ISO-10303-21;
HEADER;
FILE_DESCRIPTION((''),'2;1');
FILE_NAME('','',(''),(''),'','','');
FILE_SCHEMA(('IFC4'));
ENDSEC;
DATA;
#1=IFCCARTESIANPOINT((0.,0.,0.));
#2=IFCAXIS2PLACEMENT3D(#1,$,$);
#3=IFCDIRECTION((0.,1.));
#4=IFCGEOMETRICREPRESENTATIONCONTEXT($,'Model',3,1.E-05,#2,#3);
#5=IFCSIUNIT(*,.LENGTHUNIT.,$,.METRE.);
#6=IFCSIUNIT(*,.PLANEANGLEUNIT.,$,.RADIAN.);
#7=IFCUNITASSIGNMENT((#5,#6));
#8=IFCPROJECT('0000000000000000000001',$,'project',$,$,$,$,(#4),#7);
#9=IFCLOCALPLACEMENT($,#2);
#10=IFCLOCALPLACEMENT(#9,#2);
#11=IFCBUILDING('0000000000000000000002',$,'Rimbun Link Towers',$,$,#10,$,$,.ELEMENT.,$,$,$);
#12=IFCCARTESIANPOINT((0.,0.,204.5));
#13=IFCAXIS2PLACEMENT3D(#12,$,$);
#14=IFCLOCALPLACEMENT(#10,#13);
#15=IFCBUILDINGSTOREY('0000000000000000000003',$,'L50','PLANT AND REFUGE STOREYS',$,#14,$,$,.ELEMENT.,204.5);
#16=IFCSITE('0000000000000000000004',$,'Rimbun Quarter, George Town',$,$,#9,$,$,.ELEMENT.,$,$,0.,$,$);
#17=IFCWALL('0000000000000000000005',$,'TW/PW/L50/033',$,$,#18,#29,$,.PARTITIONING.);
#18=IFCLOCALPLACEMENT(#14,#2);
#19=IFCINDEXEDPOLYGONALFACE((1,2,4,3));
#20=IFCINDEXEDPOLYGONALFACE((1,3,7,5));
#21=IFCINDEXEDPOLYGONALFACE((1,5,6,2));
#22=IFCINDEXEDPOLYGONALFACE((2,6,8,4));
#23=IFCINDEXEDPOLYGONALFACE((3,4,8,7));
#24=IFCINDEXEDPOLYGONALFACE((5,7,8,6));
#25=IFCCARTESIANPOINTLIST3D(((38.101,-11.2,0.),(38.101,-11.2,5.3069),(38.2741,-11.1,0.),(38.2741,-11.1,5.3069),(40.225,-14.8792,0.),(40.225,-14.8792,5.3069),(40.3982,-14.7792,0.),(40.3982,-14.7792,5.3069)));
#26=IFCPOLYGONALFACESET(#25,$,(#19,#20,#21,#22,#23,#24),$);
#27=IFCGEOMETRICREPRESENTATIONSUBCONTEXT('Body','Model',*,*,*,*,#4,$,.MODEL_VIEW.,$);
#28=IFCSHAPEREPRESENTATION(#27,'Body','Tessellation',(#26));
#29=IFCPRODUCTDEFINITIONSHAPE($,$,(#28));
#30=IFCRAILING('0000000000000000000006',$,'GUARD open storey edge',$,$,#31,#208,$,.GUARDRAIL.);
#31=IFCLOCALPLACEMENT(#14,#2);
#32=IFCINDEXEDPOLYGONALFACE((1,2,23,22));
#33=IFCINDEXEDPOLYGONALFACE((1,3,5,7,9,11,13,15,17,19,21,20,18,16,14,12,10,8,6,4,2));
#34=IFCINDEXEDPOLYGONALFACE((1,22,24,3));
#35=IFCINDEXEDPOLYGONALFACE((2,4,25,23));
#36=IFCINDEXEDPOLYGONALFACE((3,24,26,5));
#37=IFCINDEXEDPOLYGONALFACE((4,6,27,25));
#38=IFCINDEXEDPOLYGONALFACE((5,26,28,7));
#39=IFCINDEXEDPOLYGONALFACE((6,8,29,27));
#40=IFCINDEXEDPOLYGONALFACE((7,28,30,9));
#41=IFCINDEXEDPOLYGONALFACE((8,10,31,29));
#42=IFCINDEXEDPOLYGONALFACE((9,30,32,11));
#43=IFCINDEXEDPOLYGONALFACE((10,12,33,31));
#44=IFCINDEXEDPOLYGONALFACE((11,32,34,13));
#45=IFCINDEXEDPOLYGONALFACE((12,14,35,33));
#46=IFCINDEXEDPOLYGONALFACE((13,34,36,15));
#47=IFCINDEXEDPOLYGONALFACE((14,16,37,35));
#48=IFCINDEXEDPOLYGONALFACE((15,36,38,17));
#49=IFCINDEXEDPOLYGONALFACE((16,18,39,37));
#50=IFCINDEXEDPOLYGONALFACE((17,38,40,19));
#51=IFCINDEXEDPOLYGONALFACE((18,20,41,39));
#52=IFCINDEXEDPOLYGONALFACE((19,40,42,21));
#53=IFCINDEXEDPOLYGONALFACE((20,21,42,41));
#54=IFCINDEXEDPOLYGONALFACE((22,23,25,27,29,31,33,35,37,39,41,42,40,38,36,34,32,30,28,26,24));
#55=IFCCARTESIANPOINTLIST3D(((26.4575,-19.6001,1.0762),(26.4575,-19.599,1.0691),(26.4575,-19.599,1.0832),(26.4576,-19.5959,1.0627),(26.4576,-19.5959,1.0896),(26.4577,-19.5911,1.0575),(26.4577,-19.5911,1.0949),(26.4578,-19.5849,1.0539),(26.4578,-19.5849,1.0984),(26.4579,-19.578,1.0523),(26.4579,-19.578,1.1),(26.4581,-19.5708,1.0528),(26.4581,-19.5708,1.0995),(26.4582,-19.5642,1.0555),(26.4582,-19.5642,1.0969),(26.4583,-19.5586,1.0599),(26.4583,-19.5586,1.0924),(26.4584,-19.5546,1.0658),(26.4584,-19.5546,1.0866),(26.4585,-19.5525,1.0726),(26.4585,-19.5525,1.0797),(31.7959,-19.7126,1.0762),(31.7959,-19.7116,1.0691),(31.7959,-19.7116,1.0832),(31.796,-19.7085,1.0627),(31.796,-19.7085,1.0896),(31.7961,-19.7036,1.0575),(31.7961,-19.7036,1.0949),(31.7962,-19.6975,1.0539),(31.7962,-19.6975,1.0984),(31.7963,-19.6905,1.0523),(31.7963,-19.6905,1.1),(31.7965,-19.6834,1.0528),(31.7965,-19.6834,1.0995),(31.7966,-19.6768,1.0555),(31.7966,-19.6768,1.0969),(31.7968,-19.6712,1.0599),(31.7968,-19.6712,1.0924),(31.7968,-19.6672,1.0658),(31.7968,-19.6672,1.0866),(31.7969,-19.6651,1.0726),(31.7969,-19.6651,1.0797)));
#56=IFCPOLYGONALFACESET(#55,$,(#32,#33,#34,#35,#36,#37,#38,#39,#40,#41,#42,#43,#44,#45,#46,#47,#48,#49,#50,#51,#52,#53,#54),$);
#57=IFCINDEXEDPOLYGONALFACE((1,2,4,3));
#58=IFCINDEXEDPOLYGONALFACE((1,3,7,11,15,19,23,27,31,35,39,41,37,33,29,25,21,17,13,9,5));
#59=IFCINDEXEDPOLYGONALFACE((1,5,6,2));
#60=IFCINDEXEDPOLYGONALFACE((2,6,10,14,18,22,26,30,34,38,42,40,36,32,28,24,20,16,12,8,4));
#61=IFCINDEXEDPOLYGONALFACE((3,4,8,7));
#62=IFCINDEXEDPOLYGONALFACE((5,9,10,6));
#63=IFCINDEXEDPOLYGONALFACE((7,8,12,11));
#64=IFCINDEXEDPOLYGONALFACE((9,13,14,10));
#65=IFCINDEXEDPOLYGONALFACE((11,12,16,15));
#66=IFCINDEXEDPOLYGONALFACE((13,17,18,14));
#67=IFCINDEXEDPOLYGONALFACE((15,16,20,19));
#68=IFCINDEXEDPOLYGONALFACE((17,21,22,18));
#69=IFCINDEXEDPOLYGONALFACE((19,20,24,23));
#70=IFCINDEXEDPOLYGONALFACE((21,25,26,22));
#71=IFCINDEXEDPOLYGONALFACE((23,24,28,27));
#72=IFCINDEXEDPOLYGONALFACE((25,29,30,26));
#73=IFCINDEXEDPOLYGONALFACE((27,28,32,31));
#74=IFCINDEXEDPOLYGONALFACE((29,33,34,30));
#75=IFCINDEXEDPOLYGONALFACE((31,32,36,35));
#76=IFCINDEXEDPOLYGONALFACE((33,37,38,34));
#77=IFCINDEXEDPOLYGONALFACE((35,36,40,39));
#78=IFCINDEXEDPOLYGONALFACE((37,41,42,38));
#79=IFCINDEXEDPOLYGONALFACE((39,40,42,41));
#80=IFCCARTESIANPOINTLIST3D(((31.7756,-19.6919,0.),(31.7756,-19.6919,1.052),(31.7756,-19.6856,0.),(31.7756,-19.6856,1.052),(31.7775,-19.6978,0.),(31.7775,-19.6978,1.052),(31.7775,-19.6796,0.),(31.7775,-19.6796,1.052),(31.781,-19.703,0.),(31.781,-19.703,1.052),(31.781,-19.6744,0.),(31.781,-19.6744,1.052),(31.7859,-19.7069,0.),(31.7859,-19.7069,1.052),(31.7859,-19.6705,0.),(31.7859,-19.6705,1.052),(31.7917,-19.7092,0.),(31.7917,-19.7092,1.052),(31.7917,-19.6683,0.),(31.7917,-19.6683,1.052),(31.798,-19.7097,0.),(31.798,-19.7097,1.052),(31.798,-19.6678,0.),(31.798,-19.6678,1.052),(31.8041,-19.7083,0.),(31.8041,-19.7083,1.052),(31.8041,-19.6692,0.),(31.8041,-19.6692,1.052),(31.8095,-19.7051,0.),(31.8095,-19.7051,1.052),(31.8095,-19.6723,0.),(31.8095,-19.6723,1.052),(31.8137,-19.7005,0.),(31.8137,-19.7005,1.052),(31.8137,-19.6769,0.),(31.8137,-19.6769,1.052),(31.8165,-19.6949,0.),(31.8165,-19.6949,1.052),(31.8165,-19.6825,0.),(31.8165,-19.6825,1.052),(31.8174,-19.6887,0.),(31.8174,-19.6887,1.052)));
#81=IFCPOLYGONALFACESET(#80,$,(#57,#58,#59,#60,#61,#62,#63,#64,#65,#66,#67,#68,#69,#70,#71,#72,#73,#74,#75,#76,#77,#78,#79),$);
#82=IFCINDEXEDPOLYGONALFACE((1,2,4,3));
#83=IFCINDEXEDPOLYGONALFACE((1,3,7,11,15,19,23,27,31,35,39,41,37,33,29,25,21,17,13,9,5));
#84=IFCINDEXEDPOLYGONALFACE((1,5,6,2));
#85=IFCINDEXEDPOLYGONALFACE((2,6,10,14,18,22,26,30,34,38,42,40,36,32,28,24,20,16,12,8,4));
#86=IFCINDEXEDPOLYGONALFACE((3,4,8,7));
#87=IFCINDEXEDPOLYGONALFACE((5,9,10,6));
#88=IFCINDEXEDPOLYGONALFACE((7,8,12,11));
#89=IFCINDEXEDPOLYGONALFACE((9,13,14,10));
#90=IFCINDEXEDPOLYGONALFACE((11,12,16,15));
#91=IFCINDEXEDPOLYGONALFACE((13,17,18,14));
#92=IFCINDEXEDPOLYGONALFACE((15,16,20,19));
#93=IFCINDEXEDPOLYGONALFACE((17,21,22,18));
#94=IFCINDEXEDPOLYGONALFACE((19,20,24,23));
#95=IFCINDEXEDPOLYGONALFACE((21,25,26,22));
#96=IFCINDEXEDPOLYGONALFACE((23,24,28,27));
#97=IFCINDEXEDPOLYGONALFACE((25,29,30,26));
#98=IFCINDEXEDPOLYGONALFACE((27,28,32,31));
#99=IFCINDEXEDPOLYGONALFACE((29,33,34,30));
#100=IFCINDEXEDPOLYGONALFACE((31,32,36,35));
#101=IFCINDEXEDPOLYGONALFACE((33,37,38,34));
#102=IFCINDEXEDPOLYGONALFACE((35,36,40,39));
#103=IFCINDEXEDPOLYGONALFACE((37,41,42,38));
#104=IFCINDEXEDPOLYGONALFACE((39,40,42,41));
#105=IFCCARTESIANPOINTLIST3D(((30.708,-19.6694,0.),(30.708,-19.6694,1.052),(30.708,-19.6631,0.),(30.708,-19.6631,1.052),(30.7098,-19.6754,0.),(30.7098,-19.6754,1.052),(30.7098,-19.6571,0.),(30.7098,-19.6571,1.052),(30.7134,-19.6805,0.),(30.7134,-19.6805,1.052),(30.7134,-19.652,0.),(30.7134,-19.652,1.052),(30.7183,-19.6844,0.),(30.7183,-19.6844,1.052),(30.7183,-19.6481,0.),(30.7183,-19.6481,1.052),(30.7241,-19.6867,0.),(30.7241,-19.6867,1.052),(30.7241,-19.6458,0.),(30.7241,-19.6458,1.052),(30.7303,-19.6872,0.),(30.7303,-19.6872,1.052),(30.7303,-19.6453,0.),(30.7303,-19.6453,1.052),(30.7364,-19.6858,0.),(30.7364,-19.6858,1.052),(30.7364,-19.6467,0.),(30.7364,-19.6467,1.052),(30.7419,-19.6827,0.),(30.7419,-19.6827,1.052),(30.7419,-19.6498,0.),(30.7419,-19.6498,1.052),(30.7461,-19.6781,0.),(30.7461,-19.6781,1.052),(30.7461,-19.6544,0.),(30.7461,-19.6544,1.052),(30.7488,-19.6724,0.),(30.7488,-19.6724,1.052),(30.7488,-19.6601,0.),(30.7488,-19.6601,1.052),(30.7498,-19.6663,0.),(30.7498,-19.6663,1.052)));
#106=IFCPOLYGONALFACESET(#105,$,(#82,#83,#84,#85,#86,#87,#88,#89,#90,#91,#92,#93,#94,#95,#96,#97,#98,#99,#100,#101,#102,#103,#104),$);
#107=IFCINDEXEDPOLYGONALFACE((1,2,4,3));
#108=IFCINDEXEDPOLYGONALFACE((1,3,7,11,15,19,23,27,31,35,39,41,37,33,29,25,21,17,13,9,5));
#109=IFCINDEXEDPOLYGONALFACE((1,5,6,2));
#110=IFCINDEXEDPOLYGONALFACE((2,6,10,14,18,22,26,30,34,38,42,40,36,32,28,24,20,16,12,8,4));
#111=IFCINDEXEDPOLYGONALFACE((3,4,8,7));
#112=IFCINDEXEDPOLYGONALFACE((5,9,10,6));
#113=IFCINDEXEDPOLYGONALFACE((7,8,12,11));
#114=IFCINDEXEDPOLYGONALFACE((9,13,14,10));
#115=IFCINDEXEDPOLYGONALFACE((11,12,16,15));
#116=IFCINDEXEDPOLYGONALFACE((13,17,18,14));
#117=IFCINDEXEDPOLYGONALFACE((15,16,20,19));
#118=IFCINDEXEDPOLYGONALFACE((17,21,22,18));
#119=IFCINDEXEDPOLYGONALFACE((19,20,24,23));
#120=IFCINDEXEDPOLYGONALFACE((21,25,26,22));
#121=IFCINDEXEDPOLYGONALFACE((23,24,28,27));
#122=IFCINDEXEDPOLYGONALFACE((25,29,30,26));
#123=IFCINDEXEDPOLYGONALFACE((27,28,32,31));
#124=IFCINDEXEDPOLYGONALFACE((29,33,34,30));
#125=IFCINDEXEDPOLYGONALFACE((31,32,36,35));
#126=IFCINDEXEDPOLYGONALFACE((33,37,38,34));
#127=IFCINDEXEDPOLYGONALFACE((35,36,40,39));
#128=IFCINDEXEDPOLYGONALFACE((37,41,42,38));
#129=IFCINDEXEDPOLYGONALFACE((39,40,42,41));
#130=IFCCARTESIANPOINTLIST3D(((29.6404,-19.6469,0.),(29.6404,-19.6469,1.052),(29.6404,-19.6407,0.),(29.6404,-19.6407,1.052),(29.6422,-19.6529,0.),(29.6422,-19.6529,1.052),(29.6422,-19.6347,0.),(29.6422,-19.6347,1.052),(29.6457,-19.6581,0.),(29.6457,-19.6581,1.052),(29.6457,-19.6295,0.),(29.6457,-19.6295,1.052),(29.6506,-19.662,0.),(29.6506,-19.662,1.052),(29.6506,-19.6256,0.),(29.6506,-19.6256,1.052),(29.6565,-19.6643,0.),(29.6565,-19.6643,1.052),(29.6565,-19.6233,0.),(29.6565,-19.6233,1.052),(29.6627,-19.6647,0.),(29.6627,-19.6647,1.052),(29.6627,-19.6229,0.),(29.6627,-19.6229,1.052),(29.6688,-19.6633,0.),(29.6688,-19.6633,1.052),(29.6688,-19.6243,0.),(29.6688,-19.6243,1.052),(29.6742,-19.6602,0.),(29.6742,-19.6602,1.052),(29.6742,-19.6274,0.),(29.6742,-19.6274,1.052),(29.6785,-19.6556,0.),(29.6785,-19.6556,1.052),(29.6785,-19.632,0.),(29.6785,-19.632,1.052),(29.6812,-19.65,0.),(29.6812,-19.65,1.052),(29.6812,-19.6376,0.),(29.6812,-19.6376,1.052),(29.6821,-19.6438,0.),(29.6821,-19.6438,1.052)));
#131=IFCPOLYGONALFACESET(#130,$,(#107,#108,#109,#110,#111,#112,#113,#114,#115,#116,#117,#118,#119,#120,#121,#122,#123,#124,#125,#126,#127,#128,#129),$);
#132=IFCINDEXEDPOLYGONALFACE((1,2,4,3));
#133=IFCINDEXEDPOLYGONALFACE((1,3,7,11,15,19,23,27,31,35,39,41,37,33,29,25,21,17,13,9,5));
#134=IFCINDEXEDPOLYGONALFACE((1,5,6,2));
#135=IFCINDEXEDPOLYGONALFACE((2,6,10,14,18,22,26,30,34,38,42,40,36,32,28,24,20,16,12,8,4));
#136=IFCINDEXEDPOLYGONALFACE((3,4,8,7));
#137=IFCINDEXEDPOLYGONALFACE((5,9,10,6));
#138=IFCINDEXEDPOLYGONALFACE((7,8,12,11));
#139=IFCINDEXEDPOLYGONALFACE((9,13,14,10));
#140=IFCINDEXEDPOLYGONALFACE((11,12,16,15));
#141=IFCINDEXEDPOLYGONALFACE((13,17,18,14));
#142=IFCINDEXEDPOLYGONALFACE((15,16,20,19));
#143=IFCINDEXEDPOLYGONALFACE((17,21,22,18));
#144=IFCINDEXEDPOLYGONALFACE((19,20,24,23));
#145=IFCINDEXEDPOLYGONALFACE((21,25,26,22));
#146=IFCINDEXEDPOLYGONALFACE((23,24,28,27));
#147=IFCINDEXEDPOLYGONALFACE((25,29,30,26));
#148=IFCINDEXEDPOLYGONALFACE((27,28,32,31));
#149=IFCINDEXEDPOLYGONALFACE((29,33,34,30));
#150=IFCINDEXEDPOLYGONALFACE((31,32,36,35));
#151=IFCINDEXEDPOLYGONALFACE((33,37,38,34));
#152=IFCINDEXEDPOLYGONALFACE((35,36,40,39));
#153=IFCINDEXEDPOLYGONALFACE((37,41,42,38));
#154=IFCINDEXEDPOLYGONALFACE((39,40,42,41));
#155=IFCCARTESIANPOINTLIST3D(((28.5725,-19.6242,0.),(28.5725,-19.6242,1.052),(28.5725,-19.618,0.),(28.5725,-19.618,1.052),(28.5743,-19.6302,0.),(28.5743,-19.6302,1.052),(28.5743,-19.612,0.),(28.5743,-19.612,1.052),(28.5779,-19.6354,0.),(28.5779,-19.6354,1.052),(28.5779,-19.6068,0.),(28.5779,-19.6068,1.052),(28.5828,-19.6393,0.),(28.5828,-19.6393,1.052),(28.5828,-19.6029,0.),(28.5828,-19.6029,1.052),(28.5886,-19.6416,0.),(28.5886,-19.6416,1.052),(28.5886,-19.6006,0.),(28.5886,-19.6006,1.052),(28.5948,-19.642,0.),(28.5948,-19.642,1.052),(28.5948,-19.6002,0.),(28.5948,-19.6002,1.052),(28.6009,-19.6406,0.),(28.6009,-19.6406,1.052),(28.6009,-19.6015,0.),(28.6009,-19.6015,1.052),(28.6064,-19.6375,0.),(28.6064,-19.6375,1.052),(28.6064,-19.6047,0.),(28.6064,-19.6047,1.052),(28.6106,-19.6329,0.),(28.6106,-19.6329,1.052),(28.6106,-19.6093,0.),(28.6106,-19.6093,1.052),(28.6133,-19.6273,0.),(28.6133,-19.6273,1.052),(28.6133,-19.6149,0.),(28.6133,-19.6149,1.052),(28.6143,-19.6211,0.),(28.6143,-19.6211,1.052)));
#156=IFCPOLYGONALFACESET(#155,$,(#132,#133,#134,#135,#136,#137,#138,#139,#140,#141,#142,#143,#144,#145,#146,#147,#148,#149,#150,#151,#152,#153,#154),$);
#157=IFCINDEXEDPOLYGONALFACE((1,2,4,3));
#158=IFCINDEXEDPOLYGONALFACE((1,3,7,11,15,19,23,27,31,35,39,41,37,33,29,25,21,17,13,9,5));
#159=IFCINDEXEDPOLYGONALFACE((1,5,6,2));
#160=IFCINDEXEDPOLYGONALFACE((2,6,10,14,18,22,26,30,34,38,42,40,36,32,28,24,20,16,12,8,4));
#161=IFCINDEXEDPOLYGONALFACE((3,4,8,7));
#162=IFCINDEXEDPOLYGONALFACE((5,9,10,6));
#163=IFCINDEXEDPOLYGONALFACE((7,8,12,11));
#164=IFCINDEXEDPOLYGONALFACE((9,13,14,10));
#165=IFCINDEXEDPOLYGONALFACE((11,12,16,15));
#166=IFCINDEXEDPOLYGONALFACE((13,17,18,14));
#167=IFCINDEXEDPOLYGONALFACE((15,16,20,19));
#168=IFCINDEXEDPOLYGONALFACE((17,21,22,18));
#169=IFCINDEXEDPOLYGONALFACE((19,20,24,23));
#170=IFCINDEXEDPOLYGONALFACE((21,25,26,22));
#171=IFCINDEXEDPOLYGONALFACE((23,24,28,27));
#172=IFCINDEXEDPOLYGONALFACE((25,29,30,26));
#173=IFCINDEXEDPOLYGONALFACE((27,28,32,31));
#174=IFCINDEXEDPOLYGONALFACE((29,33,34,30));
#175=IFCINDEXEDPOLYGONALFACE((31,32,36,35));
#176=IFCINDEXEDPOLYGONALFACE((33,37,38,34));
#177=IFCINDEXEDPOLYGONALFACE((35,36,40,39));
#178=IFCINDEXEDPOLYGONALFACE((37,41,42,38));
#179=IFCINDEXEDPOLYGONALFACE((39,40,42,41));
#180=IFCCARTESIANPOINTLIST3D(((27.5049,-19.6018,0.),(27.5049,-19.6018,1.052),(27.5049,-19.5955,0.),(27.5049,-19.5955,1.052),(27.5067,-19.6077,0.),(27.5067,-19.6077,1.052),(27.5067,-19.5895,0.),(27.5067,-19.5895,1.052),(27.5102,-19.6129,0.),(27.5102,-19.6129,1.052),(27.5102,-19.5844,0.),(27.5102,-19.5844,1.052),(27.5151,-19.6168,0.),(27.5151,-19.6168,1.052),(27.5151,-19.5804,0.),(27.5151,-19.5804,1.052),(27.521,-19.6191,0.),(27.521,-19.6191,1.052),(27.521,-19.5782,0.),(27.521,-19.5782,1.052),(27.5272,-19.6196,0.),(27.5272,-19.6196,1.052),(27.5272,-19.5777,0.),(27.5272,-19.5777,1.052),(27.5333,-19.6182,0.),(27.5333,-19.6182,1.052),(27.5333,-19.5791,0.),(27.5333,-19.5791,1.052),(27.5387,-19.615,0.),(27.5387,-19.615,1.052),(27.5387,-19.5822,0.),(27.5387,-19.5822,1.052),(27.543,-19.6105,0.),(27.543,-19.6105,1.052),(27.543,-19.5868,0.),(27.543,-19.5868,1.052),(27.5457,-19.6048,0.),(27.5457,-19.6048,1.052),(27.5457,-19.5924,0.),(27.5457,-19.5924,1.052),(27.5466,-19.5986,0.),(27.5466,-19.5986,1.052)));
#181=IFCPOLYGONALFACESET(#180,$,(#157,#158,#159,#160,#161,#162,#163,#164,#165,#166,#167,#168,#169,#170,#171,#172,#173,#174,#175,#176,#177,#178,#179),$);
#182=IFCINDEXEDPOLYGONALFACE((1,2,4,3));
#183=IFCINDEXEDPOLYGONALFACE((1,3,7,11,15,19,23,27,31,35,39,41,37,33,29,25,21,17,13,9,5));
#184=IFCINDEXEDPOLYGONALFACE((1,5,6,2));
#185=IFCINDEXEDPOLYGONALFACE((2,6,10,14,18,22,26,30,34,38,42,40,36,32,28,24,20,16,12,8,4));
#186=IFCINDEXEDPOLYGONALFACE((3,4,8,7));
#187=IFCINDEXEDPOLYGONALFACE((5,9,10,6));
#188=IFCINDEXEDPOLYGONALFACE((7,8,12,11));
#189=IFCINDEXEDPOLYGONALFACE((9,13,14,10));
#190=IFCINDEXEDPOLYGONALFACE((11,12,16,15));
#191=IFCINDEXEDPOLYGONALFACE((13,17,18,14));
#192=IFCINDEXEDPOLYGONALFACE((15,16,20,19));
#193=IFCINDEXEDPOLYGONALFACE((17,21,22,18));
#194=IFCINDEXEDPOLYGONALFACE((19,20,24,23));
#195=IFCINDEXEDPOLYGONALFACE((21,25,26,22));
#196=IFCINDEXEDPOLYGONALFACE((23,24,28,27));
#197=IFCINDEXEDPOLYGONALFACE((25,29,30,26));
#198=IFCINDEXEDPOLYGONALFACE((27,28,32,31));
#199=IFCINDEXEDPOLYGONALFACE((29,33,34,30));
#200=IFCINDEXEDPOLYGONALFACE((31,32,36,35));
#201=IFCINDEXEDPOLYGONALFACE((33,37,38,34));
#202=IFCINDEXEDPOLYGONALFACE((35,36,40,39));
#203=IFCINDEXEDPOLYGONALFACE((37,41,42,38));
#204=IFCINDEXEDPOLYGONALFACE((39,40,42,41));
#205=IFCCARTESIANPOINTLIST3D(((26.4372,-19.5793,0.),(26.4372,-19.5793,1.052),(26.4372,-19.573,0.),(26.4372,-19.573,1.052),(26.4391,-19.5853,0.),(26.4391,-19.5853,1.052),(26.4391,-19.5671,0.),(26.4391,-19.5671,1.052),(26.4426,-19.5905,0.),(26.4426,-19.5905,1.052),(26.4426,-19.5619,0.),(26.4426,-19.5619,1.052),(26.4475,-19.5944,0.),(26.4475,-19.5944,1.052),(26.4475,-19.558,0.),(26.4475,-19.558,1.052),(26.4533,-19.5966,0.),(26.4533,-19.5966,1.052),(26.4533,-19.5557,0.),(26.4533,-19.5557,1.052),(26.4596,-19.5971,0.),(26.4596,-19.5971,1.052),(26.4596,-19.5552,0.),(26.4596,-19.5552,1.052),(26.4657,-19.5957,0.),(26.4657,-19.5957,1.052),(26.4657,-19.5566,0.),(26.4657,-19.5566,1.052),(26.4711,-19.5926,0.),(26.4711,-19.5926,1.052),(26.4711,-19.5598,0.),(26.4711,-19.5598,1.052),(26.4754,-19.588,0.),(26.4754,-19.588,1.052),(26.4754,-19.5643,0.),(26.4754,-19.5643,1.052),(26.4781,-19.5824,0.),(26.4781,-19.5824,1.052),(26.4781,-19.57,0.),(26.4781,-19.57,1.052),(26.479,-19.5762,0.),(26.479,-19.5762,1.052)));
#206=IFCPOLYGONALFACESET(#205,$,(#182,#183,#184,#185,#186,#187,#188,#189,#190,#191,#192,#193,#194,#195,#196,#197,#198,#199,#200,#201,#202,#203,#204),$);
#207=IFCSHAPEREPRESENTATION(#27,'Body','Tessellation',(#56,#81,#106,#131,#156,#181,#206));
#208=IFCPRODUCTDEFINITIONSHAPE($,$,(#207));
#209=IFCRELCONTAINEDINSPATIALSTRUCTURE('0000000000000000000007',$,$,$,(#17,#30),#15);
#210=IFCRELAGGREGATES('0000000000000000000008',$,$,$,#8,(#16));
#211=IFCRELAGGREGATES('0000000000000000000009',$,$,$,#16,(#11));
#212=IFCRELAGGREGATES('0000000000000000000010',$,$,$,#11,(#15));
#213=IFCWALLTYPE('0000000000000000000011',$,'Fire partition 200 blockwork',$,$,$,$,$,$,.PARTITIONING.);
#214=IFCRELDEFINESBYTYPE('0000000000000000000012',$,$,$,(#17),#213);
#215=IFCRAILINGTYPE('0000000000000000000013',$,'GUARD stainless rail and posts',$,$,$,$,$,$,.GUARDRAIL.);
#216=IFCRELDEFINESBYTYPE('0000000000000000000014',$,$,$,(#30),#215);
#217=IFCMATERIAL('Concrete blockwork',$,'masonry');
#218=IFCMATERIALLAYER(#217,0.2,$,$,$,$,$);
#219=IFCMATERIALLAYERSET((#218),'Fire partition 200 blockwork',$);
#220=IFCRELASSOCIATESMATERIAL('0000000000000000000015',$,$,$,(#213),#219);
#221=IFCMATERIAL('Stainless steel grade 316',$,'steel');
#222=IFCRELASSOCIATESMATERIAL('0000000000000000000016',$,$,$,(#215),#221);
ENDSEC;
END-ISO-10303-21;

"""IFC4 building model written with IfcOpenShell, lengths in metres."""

from ifc_helpers import new_model, si_unit, direction, frame, frame_2d, origin, origin_2d, place, context, subcontext, project, spatial, rectangle, circle, extrude, material, layer, layer_set, type_object, element, save


model = new_model("IFC4")

# Units and contexts
model_context = context("Model", 3, precision=1e-05, world=origin(), true_north=direction((0.0, 1.0)))
body_context = subcontext(model_context, "Body", "Model", "MODEL_VIEW")
ifc_project = project(units=[si_unit("LENGTHUNIT", "METRE"), si_unit("PLANEANGLEUNIT", "RADIAN")], contexts=[model_context])

# Site, building, storey
site_placement = place(None, origin())
site = spatial("IfcSite", under=ifc_project, at=site_placement, Name="Rimbun Quarter, George Town", CompositionType="ELEMENT", RefElevation=0.0)
building_placement = place(site_placement, origin())
building = spatial("IfcBuilding", under=site, at=building_placement, Name="Rimbun Link Towers", CompositionType="ELEMENT")
storey_placement = place(building_placement, frame((0.0, 0.0, 204.5)))
storey = spatial("IfcBuildingStorey", under=building, at=storey_placement, Name="L50", Description="PLANT AND REFUGE STOREYS", CompositionType="ELEMENT", Elevation=204.5)

# Shared definitions
ifc_material_1 = material(Name="Concrete blockwork", Category="masonry")
ifc_layer = layer(ifc_material_1, 0.2)
ifc_layer_set = layer_set([ifc_layer], Name="Fire partition 200 blockwork")
wall_type = type_object("IfcWallType", Name="Fire partition 200 blockwork", PredefinedType="PARTITIONING", material=ifc_layer_set)

# Wall
wall_1_placement = place(storey_placement, frame((40.3115, -14.8291, 0.0), z_axis=(0.0, 0.0, 1.0), x_axis=(-0.499971, 0.866042, 0.0)))
element("IfcWall", 1, at=wall_1_placement, inside=storey, type_object=wall_type, Name="TW/PW/L50/033", PredefinedType="PARTITIONING", context=body_context, shape_type="SweptSolid", body=[
    extrude(rectangle(XDim=4.2483, YDim=0.2, at=frame_2d((2.124, 0.0))), origin(), (0.0, 0.0, 1.0), 5.3069),
])

# Railing
ifc_material_2 = material(Name="Stainless steel grade 316", Category="steel")
railing_type = type_object("IfcRailingType", Name="GUARD stainless rail and posts", PredefinedType="GUARDRAIL", material=ifc_material_2)
railing_1_placement = place(storey_placement, frame((31.7964, -19.6887, 0.0)))
element("IfcRailing", 2, at=railing_1_placement, inside=storey, type_object=railing_type, Name="GUARD open storey edge", PredefinedType="GUARDRAIL", context=body_context, shape_type="SweptSolid", body=[
    extrude(circle(Radius=0.0239, at=origin_2d()), frame((0.0, 0.0, 1.0762), z_axis=(-0.999778, 0.021078, 0.0), x_axis=(-0.021078, -0.999778, 0.0)), (0.0, 0.0, 1.0), 5.3396),
    extrude(circle(Radius=0.021, at=origin_2d()), origin(), (0.0, 0.0, 1.0), 1.052),
    extrude(circle(Radius=0.021, at=origin_2d()), frame((-1.0676, 0.0225, 0.0)), (0.0, 0.0, 1.0), 1.052),
    extrude(circle(Radius=0.021, at=origin_2d()), frame((-2.1353, 0.0449, 0.0)), (0.0, 0.0, 1.0), 1.052),
    extrude(circle(Radius=0.021, at=origin_2d()), frame((-3.2031, 0.0676, 0.0)), (0.0, 0.0, 1.0), 1.052),
    extrude(circle(Radius=0.021, at=origin_2d()), frame((-4.2708, 0.0901, 0.0)), (0.0, 0.0, 1.0), 1.052),
    extrude(circle(Radius=0.021, at=origin_2d()), frame((-5.3384, 0.1125, 0.0)), (0.0, 0.0, 1.0), 1.052),
])

save(model, "model.ifc")
